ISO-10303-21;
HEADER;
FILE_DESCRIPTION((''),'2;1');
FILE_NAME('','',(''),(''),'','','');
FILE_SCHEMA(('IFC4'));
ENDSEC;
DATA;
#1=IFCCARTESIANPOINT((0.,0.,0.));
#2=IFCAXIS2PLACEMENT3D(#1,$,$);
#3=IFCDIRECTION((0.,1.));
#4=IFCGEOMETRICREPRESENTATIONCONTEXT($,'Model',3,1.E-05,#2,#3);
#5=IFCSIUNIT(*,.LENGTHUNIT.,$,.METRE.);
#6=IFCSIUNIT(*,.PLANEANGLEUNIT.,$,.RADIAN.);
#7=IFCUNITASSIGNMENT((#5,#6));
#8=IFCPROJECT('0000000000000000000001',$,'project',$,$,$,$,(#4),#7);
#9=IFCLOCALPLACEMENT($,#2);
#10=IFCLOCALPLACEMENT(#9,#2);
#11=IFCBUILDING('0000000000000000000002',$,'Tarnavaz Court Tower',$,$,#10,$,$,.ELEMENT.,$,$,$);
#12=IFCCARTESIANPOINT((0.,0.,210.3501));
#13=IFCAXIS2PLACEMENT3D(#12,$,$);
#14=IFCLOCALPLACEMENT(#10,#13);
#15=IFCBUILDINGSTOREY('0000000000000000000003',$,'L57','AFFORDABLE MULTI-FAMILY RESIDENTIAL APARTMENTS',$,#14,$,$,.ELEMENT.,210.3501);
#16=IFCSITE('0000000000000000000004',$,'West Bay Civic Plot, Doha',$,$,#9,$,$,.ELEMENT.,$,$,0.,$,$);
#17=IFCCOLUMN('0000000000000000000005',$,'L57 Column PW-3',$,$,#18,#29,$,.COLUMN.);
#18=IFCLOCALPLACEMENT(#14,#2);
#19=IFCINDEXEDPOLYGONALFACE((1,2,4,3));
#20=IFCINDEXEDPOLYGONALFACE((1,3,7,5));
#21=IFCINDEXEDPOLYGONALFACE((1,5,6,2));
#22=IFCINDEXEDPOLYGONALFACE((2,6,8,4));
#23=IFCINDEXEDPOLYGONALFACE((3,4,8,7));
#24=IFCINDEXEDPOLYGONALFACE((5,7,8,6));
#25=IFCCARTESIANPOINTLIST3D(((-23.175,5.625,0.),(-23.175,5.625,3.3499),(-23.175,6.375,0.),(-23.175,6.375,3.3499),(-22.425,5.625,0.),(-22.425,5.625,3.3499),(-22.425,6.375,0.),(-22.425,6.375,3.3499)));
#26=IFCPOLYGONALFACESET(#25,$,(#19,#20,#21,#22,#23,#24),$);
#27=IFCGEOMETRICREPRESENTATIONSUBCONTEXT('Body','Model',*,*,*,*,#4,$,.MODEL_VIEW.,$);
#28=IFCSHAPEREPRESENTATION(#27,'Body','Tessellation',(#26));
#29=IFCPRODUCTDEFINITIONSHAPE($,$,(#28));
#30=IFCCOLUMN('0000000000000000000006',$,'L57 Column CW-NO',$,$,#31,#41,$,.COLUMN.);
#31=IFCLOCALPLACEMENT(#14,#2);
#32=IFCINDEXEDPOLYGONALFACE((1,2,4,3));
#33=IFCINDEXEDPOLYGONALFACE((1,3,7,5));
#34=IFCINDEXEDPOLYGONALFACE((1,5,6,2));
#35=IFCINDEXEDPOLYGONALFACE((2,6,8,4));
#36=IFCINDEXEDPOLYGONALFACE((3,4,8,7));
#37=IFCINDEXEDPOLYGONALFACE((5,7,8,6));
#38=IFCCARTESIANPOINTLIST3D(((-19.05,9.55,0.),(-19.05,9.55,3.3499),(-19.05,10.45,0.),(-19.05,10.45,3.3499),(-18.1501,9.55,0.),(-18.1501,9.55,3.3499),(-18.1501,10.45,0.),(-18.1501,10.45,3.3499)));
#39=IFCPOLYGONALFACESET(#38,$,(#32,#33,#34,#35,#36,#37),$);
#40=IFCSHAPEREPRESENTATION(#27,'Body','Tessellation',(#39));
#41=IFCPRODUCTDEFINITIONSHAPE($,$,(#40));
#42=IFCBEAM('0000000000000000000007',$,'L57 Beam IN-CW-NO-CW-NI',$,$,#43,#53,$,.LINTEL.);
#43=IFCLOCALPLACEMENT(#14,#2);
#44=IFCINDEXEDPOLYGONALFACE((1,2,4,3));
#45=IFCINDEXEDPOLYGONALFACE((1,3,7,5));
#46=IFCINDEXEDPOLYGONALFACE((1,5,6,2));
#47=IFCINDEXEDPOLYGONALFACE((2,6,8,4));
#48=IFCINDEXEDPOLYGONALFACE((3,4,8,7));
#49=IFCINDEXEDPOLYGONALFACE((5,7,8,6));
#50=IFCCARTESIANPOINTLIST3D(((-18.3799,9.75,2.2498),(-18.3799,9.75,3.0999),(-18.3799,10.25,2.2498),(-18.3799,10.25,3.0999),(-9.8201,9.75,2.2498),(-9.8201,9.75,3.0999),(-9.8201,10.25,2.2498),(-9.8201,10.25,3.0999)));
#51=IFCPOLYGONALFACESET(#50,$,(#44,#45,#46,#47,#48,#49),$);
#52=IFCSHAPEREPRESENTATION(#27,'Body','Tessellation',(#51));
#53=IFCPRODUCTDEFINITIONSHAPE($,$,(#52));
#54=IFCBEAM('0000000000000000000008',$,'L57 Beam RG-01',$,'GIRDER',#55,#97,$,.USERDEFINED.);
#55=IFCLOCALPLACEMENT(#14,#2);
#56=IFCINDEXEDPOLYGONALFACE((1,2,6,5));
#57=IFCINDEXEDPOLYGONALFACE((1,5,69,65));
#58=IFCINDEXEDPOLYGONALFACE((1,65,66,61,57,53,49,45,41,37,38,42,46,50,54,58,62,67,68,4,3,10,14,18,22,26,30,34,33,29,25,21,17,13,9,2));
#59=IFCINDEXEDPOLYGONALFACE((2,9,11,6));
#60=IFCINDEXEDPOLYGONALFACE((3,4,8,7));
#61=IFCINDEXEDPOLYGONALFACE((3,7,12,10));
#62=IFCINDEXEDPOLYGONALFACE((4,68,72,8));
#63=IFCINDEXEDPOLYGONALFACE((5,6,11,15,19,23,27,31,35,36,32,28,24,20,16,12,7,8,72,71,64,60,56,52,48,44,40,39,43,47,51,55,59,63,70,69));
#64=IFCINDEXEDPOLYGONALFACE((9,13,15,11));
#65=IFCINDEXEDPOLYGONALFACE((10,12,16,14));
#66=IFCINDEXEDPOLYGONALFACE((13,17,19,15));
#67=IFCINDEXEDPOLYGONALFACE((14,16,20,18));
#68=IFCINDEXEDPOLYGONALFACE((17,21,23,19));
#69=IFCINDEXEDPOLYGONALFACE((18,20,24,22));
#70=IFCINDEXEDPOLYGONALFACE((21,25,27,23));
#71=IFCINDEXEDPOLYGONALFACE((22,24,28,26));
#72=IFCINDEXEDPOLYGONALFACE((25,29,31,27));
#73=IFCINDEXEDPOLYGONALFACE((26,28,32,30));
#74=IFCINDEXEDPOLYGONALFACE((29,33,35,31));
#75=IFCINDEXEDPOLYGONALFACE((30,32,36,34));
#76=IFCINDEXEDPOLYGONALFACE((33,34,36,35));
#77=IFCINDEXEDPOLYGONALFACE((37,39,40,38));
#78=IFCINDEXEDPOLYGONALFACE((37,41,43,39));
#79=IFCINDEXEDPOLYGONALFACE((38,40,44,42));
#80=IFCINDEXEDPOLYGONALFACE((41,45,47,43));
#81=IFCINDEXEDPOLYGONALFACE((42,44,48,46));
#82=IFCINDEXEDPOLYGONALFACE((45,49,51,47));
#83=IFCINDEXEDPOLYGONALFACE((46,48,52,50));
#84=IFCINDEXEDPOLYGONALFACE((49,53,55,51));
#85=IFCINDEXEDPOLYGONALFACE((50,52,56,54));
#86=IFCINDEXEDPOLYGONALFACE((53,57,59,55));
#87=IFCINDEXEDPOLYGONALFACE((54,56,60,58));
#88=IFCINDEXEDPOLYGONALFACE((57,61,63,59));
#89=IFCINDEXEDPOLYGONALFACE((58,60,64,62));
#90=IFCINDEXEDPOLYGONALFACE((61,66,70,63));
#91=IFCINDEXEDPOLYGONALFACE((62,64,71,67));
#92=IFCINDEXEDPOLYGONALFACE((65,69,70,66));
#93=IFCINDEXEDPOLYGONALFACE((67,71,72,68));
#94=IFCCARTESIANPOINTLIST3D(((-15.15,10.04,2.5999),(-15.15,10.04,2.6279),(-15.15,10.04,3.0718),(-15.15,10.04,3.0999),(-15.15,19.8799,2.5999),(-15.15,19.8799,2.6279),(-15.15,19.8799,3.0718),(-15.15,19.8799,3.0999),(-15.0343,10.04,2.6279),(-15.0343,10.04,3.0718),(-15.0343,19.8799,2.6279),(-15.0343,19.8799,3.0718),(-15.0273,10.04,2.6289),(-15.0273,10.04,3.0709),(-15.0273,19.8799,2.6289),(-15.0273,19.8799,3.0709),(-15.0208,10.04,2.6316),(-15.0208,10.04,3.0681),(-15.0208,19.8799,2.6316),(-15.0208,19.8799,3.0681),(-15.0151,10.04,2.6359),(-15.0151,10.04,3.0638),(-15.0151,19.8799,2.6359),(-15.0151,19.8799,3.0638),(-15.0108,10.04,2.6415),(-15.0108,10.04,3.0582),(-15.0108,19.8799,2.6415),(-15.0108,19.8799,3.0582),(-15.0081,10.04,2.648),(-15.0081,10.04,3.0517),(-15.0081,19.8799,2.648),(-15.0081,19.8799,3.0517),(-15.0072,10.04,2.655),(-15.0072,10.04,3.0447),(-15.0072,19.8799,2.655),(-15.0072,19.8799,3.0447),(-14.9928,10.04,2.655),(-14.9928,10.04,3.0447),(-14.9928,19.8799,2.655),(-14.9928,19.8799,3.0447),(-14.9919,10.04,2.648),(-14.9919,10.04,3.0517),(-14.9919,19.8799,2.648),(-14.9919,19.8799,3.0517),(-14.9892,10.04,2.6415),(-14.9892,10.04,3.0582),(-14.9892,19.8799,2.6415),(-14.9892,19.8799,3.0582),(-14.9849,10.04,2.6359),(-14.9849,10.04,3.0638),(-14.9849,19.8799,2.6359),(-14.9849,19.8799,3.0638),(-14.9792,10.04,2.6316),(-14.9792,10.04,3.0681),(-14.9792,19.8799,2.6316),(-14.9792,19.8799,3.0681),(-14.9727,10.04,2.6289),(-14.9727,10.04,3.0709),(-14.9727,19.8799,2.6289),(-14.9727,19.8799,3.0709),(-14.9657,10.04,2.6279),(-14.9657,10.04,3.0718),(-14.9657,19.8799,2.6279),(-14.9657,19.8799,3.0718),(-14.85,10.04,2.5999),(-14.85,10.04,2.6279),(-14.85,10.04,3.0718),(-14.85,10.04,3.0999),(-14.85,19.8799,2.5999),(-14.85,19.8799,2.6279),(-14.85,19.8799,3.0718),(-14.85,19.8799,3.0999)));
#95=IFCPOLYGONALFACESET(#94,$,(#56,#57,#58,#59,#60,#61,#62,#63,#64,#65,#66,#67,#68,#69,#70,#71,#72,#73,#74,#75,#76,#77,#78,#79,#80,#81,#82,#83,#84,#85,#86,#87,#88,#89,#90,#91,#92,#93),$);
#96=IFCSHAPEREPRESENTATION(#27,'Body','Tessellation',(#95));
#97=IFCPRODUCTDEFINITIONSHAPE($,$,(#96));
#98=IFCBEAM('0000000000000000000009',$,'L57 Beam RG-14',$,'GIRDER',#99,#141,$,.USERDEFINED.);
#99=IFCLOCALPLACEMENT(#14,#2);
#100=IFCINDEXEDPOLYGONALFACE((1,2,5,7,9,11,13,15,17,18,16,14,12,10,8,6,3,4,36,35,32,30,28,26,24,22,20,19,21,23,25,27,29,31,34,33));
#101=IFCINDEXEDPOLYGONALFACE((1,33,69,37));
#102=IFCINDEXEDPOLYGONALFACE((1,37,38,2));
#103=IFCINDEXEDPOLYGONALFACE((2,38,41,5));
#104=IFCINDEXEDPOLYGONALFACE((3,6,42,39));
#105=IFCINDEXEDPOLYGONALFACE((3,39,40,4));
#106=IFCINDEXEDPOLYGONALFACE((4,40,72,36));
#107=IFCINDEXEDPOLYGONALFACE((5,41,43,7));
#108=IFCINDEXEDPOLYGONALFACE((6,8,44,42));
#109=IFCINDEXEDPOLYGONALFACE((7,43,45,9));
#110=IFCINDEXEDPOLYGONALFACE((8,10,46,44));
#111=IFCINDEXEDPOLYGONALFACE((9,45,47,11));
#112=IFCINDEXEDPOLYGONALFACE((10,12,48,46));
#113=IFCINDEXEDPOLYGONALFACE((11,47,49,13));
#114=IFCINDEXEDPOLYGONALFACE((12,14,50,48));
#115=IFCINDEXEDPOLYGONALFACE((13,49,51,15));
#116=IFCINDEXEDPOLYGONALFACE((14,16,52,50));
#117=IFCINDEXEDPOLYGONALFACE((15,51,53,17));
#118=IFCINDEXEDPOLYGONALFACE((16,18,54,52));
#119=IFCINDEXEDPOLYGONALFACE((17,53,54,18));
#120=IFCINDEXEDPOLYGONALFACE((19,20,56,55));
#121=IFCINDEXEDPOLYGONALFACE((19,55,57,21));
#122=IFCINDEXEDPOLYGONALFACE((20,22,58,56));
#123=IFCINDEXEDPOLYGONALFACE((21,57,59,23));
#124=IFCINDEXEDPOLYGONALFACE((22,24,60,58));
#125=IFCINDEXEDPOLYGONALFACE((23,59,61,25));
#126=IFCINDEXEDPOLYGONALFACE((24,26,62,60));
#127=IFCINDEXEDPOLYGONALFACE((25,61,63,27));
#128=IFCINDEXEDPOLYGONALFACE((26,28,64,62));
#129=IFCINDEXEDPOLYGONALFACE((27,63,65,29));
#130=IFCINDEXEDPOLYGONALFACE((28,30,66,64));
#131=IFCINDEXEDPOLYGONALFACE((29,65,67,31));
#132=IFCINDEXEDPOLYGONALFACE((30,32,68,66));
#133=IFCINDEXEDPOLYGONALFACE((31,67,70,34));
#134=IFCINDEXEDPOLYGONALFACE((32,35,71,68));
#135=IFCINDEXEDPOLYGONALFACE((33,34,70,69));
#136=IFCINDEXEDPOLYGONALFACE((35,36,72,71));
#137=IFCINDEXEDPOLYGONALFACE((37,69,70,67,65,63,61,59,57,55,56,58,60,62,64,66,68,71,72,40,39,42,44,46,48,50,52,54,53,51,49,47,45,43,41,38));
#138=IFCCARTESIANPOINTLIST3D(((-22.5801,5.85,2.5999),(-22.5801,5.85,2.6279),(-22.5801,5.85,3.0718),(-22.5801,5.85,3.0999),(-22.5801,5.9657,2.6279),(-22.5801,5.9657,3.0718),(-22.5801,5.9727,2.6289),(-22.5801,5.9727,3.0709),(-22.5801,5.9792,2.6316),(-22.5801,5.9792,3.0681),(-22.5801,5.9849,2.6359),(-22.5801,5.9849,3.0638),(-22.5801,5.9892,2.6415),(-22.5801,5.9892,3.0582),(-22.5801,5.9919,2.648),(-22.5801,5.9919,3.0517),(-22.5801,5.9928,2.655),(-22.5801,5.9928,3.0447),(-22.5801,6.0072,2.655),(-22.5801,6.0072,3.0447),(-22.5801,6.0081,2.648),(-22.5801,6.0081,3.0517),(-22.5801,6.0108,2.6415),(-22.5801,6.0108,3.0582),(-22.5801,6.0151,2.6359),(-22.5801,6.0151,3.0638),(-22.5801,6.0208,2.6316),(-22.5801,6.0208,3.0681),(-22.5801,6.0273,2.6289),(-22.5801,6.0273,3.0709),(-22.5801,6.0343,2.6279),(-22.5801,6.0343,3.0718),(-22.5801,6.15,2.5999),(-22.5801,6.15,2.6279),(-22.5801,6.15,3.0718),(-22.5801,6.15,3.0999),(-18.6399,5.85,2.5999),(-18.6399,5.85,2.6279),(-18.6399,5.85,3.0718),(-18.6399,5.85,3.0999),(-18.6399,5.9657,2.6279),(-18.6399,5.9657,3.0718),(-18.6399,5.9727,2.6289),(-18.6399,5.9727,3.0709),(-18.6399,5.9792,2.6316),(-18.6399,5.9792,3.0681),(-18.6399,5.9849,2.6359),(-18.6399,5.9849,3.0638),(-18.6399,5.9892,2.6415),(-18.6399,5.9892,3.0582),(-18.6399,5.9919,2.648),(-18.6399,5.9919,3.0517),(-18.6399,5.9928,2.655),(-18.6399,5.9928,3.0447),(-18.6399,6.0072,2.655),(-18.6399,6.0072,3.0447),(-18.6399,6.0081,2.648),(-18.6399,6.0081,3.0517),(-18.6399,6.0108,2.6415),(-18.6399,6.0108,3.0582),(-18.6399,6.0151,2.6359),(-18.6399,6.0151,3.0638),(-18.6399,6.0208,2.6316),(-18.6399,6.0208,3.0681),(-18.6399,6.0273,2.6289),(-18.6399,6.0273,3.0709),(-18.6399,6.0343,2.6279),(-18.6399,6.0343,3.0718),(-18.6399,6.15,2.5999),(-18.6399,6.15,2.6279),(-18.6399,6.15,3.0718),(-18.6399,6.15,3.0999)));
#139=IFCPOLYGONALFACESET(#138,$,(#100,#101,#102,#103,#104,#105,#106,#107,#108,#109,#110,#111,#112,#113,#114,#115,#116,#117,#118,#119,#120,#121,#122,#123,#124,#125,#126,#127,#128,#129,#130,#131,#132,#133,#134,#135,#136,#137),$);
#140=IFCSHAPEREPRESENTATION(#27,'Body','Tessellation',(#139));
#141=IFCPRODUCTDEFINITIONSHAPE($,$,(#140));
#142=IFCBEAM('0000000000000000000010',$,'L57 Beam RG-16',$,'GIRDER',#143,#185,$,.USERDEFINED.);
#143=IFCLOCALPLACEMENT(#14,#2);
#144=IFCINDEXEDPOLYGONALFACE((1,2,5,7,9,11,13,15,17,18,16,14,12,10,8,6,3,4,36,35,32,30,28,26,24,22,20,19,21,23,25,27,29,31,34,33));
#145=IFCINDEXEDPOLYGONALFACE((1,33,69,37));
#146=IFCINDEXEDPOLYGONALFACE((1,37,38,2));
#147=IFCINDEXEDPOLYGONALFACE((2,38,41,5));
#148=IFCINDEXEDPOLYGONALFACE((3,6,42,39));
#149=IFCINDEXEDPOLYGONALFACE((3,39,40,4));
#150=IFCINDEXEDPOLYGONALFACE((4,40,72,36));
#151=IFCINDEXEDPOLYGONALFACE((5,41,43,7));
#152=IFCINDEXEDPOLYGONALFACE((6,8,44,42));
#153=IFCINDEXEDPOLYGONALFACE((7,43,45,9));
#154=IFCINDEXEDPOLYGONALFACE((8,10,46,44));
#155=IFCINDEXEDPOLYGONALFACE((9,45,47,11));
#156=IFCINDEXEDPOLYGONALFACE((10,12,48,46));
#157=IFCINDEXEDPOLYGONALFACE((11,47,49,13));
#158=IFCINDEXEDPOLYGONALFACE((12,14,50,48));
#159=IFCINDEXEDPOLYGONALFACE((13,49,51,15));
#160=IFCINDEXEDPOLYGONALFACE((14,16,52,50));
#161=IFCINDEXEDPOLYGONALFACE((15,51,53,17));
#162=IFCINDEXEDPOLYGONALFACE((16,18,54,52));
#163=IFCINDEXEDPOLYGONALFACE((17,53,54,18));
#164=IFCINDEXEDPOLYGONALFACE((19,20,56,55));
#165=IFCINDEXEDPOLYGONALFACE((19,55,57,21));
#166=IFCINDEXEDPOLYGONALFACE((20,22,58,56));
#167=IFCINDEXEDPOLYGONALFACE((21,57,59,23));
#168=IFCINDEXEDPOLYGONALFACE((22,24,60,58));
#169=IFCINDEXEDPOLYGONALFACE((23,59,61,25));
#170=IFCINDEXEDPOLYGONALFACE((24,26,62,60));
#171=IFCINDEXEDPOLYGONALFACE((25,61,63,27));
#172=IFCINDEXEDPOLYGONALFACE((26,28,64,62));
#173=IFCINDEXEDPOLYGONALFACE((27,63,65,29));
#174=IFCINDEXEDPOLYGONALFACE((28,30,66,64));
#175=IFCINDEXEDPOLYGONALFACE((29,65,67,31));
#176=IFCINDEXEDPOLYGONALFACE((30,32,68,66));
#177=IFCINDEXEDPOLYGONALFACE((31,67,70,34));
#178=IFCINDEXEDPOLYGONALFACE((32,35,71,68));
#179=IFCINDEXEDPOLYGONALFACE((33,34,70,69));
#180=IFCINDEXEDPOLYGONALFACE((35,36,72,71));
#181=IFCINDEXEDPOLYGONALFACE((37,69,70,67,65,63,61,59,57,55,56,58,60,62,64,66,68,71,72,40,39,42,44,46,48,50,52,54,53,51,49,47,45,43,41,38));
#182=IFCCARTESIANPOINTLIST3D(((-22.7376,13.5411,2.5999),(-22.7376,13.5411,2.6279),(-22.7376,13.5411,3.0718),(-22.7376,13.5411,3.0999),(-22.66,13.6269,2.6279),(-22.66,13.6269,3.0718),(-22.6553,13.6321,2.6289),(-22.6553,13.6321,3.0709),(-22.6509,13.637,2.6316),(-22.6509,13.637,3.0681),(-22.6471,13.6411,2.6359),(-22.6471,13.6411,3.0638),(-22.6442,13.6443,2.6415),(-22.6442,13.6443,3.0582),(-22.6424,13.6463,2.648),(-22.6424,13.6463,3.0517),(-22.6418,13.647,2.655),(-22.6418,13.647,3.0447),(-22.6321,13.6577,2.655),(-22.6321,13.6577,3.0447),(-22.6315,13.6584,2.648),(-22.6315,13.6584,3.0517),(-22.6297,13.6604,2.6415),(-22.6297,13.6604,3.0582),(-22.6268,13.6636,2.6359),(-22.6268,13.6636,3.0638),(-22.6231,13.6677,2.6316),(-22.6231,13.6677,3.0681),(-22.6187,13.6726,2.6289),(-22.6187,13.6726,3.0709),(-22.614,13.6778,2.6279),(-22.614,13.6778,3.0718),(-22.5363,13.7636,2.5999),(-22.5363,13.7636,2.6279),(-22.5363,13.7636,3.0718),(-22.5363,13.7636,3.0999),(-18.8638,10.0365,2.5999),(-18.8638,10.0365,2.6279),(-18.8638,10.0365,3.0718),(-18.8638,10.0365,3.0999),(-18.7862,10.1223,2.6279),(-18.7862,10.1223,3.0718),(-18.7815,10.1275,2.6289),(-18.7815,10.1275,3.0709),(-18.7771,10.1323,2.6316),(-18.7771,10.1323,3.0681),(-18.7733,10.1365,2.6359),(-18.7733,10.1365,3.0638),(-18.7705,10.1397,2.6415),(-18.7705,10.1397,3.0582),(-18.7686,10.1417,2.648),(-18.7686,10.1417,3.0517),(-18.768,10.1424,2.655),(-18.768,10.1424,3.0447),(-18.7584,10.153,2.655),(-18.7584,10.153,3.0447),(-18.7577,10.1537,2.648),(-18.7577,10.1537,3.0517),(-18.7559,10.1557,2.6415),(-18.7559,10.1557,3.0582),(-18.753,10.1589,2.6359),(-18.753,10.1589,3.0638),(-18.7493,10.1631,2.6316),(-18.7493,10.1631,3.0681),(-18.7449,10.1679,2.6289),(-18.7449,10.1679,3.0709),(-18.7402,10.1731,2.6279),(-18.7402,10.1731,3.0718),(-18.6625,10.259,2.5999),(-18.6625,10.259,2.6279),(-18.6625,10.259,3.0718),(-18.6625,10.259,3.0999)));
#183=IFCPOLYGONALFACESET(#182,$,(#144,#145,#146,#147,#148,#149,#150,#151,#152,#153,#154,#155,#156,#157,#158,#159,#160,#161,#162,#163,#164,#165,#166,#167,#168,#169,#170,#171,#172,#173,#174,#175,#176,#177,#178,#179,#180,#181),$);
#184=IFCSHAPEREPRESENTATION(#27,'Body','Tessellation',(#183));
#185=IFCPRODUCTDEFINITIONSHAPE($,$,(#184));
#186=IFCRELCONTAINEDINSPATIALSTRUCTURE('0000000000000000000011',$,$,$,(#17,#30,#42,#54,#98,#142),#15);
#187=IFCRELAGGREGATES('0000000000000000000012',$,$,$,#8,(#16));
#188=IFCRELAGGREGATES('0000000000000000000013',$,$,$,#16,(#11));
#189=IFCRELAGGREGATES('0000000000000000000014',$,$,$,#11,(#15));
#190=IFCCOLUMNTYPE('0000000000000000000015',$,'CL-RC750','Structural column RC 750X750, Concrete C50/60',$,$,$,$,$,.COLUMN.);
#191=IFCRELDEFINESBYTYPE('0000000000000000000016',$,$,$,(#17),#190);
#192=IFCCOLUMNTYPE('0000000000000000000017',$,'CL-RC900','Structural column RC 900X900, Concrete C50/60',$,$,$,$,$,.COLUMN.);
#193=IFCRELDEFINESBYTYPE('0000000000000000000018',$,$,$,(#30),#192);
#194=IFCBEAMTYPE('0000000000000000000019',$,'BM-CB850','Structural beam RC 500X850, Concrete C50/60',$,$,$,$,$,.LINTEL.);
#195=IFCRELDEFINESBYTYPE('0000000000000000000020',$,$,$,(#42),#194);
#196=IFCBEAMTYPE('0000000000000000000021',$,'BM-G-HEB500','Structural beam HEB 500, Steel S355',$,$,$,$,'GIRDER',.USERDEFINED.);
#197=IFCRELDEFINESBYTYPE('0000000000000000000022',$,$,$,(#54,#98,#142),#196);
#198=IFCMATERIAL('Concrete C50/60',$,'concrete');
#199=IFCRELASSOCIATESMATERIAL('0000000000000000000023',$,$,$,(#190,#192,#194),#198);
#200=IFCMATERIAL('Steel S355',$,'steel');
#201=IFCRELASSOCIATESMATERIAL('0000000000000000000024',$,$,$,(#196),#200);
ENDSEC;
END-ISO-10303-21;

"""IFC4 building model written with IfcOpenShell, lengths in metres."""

from ifc_helpers import new_model, si_unit, direction, frame, origin, origin_2d, place, context, subcontext, project, spatial, rectangle, i_section, extrude, material, material_profile, profile_set, type_object, element, save


model = new_model("IFC4")

# Units and contexts
model_context = context("Model", 3, precision=1e-05, world=origin(), true_north=direction((0.0, 1.0)))
body_context = subcontext(model_context, "Body", "Model", "MODEL_VIEW")
ifc_project = project(units=[si_unit("LENGTHUNIT", "METRE"), si_unit("PLANEANGLEUNIT", "RADIAN")], contexts=[model_context])

# Site, building, storey
site_placement = place(None, origin())
site = spatial("IfcSite", under=ifc_project, at=site_placement, Name="West Bay Civic Plot, Doha", CompositionType="ELEMENT", RefElevation=0.0)
building_placement = place(site_placement, origin())
building = spatial("IfcBuilding", under=site, at=building_placement, Name="Tarnavaz Court Tower", CompositionType="ELEMENT")
storey_placement = place(building_placement, frame((0.0, 0.0, 210.3501)))
storey = spatial("IfcBuildingStorey", under=building, at=storey_placement, Name="L57", Description="AFFORDABLE MULTI-FAMILY RESIDENTIAL APARTMENTS", CompositionType="ELEMENT", Elevation=210.3501)

# Columns
ifc_material_1 = material(Name="Concrete C50/60", Category="concrete")
ifc_material_profile_1 = material_profile(ifc_material_1, rectangle(XDim=0.75, YDim=0.75, at=origin_2d()), Name="RC 750X750")
ifc_profile_set_1 = profile_set([ifc_material_profile_1], Name="Concrete C50/60")
column_type_1 = type_object("IfcColumnType", Name="CL-RC750", Description="Structural column RC 750X750, Concrete C50/60", PredefinedType="COLUMN", material=ifc_profile_set_1)
column_1_placement = place(storey_placement, frame((-22.8, 6.0, 0.0), z_axis=(0.0, 0.0, 1.0), x_axis=(1.0, 0.0, 0.0)))
element("IfcColumn", 1, at=column_1_placement, inside=storey, type_object=column_type_1, Name="L57 Column PW-3", PredefinedType="COLUMN", context=body_context, shape_type="SweptSolid", body=[
    extrude(rectangle(XDim=0.75, YDim=0.75, at=origin_2d()), origin(), (0.0, 0.0, 1.0), 3.3499),
])
ifc_material_profile_2 = material_profile(ifc_material_1, rectangle(XDim=0.8999, YDim=0.8999, at=origin_2d()), Name="RC 900X900")
ifc_profile_set_2 = profile_set([ifc_material_profile_2], Name="Concrete C50/60")
column_type_2 = type_object("IfcColumnType", Name="CL-RC900", Description="Structural column RC 900X900, Concrete C50/60", PredefinedType="COLUMN", material=ifc_profile_set_2)
column_2_placement = place(storey_placement, frame((-18.6001, 10.0, 0.0), z_axis=(0.0, 0.0, 1.0), x_axis=(1.0, 0.0, 0.0)))
element("IfcColumn", 2, at=column_2_placement, inside=storey, type_object=column_type_2, Name="L57 Column CW-NO", PredefinedType="COLUMN", context=body_context, shape_type="SweptSolid", body=[
    extrude(rectangle(XDim=0.8999, YDim=0.8999, at=origin_2d()), origin(), (0.0, 0.0, 1.0), 3.3499),
])

# Beams
ifc_material_profile_3 = material_profile(ifc_material_1, rectangle(XDim=0.5, YDim=0.8501, at=origin_2d()), Name="RC 500X850")
ifc_profile_set_3 = profile_set([ifc_material_profile_3], Name="Concrete C50/60")
beam_type_1 = type_object("IfcBeamType", Name="BM-CB850", Description="Structural beam RC 500X850, Concrete C50/60", PredefinedType="LINTEL", material=ifc_profile_set_3)
beam_1_placement = place(storey_placement, frame((-18.3799, 10.0, 2.6748), z_axis=(1.0, 0.0, 0.0), x_axis=(0.0, 1.0, 0.0)))
element("IfcBeam", 3, at=beam_1_placement, inside=storey, type_object=beam_type_1, Name="L57 Beam IN-CW-NO-CW-NI", PredefinedType="LINTEL", context=body_context, shape_type="SweptSolid", body=[
    extrude(rectangle(XDim=0.5, YDim=0.8501, at=origin_2d()), origin(), (0.0, 0.0, 1.0), 8.5598),
])
ifc_material_2 = material(Name="Steel S355", Category="steel")
ifc_material_profile_4 = material_profile(ifc_material_2, i_section(OverallWidth=0.3, OverallDepth=0.5, WebThickness=0.0144, FlangeThickness=0.0281, FilletRadius=0.0271, at=origin_2d()), Name="HEB 500")
ifc_profile_set_4 = profile_set([ifc_material_profile_4], Name="Steel S355")
beam_type_2 = type_object("IfcBeamType", Name="BM-G-HEB500", Description="Structural beam HEB 500, Steel S355", ElementType="GIRDER", PredefinedType="USERDEFINED", material=ifc_profile_set_4)
beam_2_placement = place(storey_placement, frame((-15.0, 10.04, 2.8499), z_axis=(0.0, 1.0, 0.0), x_axis=(-1.0, 0.0, 0.0)))
element("IfcBeam", 4, at=beam_2_placement, inside=storey, type_object=beam_type_2, Name="L57 Beam RG-01", ObjectType="GIRDER", PredefinedType="USERDEFINED", context=body_context, shape_type="SweptSolid", body=[
    extrude(i_section(OverallWidth=0.3, OverallDepth=0.5, WebThickness=0.0144, FlangeThickness=0.0281, FilletRadius=0.0271, at=origin_2d()), origin(), (0.0, 0.0, 1.0), 9.8398),
])
beam_3_placement = place(storey_placement, frame((-18.6399, 6.0, 2.8499), z_axis=(-1.0, 0.0, 0.0), x_axis=(0.0, -1.0, 0.0)))
element("IfcBeam", 5, at=beam_3_placement, inside=storey, type_object=beam_type_2, Name="L57 Beam RG-14", ObjectType="GIRDER", PredefinedType="USERDEFINED", context=body_context, shape_type="SweptSolid", body=[
    extrude(i_section(OverallWidth=0.3, OverallDepth=0.5, WebThickness=0.0144, FlangeThickness=0.0281, FilletRadius=0.0271, at=origin_2d()), origin(), (0.0, 0.0, 1.0), 3.9402),
])
beam_4_placement = place(storey_placement, frame((-18.7632, 10.1477, 2.8499), z_axis=(-0.741556, 0.670891, 0.0), x_axis=(-0.670891, -0.741556, 0.0)))
element("IfcBeam", 6, at=beam_4_placement, inside=storey, type_object=beam_type_2, Name="L57 Beam RG-16", ObjectType="GIRDER", PredefinedType="USERDEFINED", context=body_context, shape_type="SweptSolid", body=[
    extrude(i_section(OverallWidth=0.3, OverallDepth=0.5, WebThickness=0.0144, FlangeThickness=0.0281, FilletRadius=0.0271, at=origin_2d()), origin(), (0.0, 0.0, 1.0), 5.2239),
])

save(model, "model.ifc")
